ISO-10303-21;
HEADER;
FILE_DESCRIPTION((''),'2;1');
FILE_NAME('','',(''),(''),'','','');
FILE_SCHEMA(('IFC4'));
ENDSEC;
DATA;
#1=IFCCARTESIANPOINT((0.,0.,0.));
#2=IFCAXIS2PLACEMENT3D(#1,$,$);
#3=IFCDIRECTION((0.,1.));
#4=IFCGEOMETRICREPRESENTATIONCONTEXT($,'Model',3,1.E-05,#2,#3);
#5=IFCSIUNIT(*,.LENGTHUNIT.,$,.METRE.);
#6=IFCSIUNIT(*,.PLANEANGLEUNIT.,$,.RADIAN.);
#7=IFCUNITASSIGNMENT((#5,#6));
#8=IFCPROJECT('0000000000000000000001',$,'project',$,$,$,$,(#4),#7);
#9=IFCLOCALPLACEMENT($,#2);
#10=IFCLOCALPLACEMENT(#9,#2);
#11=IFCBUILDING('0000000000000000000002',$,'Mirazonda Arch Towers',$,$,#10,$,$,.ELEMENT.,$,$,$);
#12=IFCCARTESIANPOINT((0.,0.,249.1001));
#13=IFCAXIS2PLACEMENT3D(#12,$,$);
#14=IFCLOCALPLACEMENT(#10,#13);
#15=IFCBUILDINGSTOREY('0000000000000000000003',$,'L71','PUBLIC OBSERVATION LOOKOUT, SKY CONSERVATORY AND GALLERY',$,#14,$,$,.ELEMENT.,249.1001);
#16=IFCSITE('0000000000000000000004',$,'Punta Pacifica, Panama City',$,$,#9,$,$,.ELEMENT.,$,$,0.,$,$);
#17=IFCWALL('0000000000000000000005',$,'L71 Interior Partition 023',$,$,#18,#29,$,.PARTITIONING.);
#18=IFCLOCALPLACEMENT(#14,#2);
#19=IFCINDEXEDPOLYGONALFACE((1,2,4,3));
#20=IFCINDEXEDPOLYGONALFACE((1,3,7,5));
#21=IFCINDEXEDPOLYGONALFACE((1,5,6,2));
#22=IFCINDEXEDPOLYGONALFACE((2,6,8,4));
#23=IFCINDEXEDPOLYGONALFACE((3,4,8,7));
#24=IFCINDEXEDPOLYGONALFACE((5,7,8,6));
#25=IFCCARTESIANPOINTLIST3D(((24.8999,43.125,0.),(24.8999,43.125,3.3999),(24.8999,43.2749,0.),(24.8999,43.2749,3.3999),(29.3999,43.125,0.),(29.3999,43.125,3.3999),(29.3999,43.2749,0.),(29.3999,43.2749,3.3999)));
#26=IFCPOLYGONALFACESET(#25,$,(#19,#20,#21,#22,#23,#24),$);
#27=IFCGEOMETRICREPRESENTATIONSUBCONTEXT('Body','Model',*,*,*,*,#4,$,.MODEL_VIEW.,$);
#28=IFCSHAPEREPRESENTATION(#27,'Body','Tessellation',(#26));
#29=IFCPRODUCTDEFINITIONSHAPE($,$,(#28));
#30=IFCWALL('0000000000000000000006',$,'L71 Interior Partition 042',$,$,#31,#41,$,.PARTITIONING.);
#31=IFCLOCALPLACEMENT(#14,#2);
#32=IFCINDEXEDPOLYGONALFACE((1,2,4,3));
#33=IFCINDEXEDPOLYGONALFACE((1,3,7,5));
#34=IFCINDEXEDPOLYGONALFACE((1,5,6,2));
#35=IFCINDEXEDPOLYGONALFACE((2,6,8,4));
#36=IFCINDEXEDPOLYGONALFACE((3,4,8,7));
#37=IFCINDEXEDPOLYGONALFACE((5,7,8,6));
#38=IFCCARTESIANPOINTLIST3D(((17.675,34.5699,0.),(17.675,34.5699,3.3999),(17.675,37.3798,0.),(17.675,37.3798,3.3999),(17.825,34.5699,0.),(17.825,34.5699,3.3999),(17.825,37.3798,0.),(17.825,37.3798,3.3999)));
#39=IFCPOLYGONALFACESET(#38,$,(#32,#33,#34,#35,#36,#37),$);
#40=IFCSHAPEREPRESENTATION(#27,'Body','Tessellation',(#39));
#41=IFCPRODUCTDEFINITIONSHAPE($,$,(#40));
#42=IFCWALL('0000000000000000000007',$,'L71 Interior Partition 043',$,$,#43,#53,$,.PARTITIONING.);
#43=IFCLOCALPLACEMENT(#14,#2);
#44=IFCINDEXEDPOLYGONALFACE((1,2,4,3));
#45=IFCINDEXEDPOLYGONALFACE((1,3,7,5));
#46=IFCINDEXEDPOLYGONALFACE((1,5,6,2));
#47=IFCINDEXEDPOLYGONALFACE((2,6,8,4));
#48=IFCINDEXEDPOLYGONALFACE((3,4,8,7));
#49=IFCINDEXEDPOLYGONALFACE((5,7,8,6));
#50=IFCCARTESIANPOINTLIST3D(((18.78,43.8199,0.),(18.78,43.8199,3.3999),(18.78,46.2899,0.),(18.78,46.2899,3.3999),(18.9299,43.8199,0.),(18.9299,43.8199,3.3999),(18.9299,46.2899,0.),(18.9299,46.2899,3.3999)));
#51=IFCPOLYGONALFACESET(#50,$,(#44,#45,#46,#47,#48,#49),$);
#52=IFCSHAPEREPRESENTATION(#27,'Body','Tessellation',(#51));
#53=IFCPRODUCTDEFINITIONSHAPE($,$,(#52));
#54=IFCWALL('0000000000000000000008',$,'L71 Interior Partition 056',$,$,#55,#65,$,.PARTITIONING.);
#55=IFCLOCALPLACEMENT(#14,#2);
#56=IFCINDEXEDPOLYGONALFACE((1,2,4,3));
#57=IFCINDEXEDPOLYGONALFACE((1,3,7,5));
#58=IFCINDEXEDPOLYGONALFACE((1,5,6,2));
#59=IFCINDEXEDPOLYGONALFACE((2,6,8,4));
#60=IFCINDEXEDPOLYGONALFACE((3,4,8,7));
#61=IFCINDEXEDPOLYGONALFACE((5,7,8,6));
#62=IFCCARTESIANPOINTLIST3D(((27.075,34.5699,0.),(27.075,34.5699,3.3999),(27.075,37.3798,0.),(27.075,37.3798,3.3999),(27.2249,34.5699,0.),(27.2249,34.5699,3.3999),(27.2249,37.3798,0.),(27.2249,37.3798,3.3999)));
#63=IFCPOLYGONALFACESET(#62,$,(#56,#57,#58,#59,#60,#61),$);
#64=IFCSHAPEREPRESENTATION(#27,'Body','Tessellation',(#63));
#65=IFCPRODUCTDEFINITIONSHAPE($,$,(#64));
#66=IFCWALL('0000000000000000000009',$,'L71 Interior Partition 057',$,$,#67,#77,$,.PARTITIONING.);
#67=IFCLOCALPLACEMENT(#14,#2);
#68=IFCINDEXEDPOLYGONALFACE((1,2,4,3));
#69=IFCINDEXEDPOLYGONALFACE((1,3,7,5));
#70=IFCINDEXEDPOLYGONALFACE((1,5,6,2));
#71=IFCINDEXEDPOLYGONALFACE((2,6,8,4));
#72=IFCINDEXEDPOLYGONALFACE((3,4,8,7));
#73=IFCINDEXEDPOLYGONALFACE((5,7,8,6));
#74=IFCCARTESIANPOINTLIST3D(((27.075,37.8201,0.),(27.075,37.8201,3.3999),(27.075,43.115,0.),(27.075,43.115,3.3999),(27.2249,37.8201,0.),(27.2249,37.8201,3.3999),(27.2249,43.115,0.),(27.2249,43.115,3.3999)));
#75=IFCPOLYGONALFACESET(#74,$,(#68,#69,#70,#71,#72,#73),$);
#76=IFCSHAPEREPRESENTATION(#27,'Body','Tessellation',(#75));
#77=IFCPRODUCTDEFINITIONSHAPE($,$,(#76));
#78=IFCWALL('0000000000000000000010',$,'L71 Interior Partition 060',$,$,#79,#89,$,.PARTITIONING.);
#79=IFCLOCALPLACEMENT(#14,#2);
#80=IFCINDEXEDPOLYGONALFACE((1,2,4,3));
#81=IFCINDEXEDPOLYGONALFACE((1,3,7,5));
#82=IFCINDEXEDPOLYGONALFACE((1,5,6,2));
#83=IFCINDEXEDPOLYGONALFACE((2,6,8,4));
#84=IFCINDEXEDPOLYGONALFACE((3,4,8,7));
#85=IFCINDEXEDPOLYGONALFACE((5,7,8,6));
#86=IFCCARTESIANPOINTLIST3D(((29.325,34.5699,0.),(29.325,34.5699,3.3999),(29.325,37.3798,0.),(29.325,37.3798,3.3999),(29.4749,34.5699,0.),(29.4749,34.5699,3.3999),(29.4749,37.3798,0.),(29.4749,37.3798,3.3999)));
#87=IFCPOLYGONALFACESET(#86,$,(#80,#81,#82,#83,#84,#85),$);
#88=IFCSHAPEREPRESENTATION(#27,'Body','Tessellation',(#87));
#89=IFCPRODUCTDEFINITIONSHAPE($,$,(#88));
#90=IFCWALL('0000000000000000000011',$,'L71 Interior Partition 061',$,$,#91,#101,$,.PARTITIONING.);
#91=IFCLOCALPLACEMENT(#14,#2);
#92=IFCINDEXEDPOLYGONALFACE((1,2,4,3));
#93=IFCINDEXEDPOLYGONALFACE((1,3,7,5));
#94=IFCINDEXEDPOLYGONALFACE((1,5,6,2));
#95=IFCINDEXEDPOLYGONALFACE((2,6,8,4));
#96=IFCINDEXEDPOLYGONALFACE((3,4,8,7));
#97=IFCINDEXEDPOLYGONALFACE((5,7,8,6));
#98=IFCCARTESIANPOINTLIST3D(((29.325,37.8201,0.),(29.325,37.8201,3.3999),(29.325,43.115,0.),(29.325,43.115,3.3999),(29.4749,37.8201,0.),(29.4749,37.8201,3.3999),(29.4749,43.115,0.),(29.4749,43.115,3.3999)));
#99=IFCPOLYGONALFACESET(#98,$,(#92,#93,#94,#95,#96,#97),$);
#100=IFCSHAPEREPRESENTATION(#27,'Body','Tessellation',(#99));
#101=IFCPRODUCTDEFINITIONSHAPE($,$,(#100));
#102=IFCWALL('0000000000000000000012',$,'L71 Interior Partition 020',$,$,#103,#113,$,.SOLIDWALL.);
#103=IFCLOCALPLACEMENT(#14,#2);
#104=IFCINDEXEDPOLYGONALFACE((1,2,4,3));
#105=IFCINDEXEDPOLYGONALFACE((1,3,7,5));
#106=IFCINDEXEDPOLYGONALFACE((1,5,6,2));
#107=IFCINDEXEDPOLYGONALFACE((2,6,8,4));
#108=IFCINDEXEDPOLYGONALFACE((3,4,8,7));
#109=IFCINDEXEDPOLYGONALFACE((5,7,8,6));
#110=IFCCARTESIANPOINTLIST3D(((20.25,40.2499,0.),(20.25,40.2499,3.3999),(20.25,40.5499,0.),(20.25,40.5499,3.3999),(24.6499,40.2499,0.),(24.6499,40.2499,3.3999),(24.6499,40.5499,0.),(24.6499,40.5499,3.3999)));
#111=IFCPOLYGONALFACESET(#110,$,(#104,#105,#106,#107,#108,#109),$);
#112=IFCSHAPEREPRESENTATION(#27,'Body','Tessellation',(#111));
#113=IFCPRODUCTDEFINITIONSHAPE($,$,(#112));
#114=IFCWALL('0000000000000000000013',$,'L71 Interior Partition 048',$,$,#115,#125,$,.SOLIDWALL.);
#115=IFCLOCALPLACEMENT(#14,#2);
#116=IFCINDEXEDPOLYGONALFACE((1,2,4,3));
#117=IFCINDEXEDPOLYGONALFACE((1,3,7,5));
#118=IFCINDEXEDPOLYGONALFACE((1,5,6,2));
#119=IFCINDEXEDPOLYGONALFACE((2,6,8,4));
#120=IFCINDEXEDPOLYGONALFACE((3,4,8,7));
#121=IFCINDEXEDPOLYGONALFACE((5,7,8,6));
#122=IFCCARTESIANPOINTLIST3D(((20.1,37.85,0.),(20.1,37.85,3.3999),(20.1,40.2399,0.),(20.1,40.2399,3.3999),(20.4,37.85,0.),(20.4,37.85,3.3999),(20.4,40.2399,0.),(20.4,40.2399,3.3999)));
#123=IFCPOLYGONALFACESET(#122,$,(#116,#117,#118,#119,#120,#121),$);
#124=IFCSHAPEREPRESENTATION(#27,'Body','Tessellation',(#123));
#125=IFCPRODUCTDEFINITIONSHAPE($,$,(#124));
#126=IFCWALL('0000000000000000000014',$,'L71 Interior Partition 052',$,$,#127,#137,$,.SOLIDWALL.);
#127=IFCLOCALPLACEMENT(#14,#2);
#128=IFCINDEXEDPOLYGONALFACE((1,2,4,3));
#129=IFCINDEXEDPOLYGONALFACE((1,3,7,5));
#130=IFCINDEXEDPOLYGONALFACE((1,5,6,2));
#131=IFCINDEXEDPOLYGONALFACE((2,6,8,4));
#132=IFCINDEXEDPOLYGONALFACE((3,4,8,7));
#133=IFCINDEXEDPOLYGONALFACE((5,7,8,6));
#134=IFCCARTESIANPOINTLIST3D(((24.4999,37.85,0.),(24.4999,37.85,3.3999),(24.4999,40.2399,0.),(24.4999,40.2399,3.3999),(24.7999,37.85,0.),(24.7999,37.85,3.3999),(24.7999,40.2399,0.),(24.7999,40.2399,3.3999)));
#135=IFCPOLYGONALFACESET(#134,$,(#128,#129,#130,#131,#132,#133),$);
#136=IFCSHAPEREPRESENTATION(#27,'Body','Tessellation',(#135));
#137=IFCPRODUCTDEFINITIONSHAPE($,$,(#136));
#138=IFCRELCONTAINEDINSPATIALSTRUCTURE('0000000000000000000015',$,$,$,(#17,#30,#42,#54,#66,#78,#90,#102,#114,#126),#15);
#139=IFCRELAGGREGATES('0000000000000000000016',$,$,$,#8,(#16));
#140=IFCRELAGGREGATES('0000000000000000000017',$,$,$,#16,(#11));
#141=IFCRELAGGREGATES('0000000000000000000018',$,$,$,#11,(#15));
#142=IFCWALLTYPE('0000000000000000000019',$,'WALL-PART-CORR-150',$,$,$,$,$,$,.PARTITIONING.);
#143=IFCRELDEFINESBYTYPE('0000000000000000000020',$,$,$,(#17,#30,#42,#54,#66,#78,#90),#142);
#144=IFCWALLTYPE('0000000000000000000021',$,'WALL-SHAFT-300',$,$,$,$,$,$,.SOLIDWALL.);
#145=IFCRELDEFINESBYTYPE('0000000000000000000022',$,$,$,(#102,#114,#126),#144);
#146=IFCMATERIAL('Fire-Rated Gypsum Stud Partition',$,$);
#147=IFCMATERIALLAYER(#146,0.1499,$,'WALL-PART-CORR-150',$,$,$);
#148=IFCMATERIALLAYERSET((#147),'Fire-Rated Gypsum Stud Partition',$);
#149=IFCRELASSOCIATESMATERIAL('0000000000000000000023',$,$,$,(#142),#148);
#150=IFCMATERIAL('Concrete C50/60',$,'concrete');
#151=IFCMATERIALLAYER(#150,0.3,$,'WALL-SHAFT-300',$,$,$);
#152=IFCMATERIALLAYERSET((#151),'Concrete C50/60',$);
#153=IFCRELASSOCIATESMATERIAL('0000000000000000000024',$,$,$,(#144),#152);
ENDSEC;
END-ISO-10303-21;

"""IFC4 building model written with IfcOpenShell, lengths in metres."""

from ifc_helpers import new_model, si_unit, direction, frame, frame_2d, origin, place, context, subcontext, project, spatial, rectangle, extrude, material, layer, layer_set, type_object, element, save


model = new_model("IFC4")

# Units and contexts
model_context = context("Model", 3, precision=1e-05, world=origin(), true_north=direction((0.0, 1.0)))
body_context = subcontext(model_context, "Body", "Model", "MODEL_VIEW")
ifc_project = project(units=[si_unit("LENGTHUNIT", "METRE"), si_unit("PLANEANGLEUNIT", "RADIAN")], contexts=[model_context])

# Site, building, storey
site_placement = place(None, origin())
site = spatial("IfcSite", under=ifc_project, at=site_placement, Name="Punta Pacifica, Panama City", CompositionType="ELEMENT", RefElevation=0.0)
building_placement = place(site_placement, origin())
building = spatial("IfcBuilding", under=site, at=building_placement, Name="Mirazonda Arch Towers", CompositionType="ELEMENT")
storey_placement = place(building_placement, frame((0.0, 0.0, 249.1001)))
storey = spatial("IfcBuildingStorey", under=building, at=storey_placement, Name="L71", Description="PUBLIC OBSERVATION LOOKOUT, SKY CONSERVATORY AND GALLERY", CompositionType="ELEMENT", Elevation=249.1001)

# Shared definitions
ifc_material_1 = material(Name="Concrete C50/60", Category="concrete")

# Walls
ifc_material_2 = material(Name="Fire-Rated Gypsum Stud Partition")
ifc_layer_1 = layer(ifc_material_2, 0.1499, Name="WALL-PART-CORR-150")
ifc_layer_set_1 = layer_set([ifc_layer_1], Name="Fire-Rated Gypsum Stud Partition")
wall_type_1 = type_object("IfcWallType", Name="WALL-PART-CORR-150", PredefinedType="PARTITIONING", material=ifc_layer_set_1)
wall_1_placement = place(storey_placement, frame((24.8999, 43.2, 0.0), z_axis=(0.0, 0.0, 1.0), x_axis=(1.0, 0.0, 0.0)))
element("IfcWall", 1, at=wall_1_placement, inside=storey, type_object=wall_type_1, Name="L71 Interior Partition 023", PredefinedType="PARTITIONING", context=body_context, shape_type="SweptSolid", body=[
    extrude(rectangle(XDim=4.5, YDim=0.1499, at=frame_2d((2.25, 0.0))), origin(), (0.0, 0.0, 1.0), 3.3999),
])
wall_2_placement = place(storey_placement, frame((17.75, 34.5701, 0.0), z_axis=(0.0, 0.0, 1.0), x_axis=(0.0, 1.0, 0.0)))
element("IfcWall", 2, at=wall_2_placement, inside=storey, type_object=wall_type_1, Name="L71 Interior Partition 042", PredefinedType="PARTITIONING", context=body_context, shape_type="SweptSolid", body=[
    extrude(rectangle(XDim=2.8098, YDim=0.1499, at=frame_2d((1.4048, 0.0))), origin(), (0.0, 0.0, 1.0), 3.3999),
])
wall_3_placement = place(storey_placement, frame((18.855, 43.8201, 0.0), z_axis=(0.0, 0.0, 1.0), x_axis=(0.0, 1.0, 0.0)))
element("IfcWall", 3, at=wall_3_placement, inside=storey, type_object=wall_type_1, Name="L71 Interior Partition 043", PredefinedType="PARTITIONING", context=body_context, shape_type="SweptSolid", body=[
    extrude(rectangle(XDim=2.47, YDim=0.1499, at=frame_2d((1.2349, 0.0))), origin(), (0.0, 0.0, 1.0), 3.3999),
])
wall_4_placement = place(storey_placement, frame((27.1499, 34.5701, 0.0), z_axis=(0.0, 0.0, 1.0), x_axis=(0.0, 1.0, 0.0)))
element("IfcWall", 4, at=wall_4_placement, inside=storey, type_object=wall_type_1, Name="L71 Interior Partition 056", PredefinedType="PARTITIONING", context=body_context, shape_type="SweptSolid", body=[
    extrude(rectangle(XDim=2.8098, YDim=0.1499, at=frame_2d((1.4048, 0.0))), origin(), (0.0, 0.0, 1.0), 3.3999),
])
wall_5_placement = place(storey_placement, frame((27.1499, 37.8201, 0.0), z_axis=(0.0, 0.0, 1.0), x_axis=(0.0, 1.0, 0.0)))
element("IfcWall", 5, at=wall_5_placement, inside=storey, type_object=wall_type_1, Name="L71 Interior Partition 057", PredefinedType="PARTITIONING", context=body_context, shape_type="SweptSolid", body=[
    extrude(rectangle(XDim=5.2949, YDim=0.1499, at=frame_2d((2.6475, 0.0))), origin(), (0.0, 0.0, 1.0), 3.3999),
])
wall_6_placement = place(storey_placement, frame((29.3999, 34.5701, 0.0), z_axis=(0.0, 0.0, 1.0), x_axis=(0.0, 1.0, 0.0)))
element("IfcWall", 6, at=wall_6_placement, inside=storey, type_object=wall_type_1, Name="L71 Interior Partition 060", PredefinedType="PARTITIONING", context=body_context, shape_type="SweptSolid", body=[
    extrude(rectangle(XDim=2.8098, YDim=0.1499, at=frame_2d((1.4048, 0.0))), origin(), (0.0, 0.0, 1.0), 3.3999),
])
wall_7_placement = place(storey_placement, frame((29.3999, 37.8201, 0.0), z_axis=(0.0, 0.0, 1.0), x_axis=(0.0, 1.0, 0.0)))
element("IfcWall", 7, at=wall_7_placement, inside=storey, type_object=wall_type_1, Name="L71 Interior Partition 061", PredefinedType="PARTITIONING", context=body_context, shape_type="SweptSolid", body=[
    extrude(rectangle(XDim=5.2949, YDim=0.1499, at=frame_2d((2.6475, 0.0))), origin(), (0.0, 0.0, 1.0), 3.3999),
])
ifc_layer_2 = layer(ifc_material_1, 0.3, Name="WALL-SHAFT-300")
ifc_layer_set_2 = layer_set([ifc_layer_2], Name="Concrete C50/60")
wall_type_2 = type_object("IfcWallType", Name="WALL-SHAFT-300", PredefinedType="SOLIDWALL", material=ifc_layer_set_2)
wall_8_placement = place(storey_placement, frame((20.25, 40.3999, 0.0), z_axis=(0.0, 0.0, 1.0), x_axis=(1.0, 0.0, 0.0)))
element("IfcWall", 8, at=wall_8_placement, inside=storey, type_object=wall_type_2, Name="L71 Interior Partition 020", PredefinedType="SOLIDWALL", context=body_context, shape_type="SweptSolid", body=[
    extrude(rectangle(XDim=4.3999, YDim=0.3, at=frame_2d((2.2, 0.0))), origin(), (0.0, 0.0, 1.0), 3.3999),
])
for number, where, z_axis, x_axis, name in (
    (9, (20.25, 37.8501, 0.0), (0.0, 0.0, 1.0), (0.0, 1.0, 0.0), "L71 Interior Partition 048"),
    (10, (24.6499, 37.8501, 0.0), (0.0, 0.0, 1.0), (0.0, 1.0, 0.0), "L71 Interior Partition 052"),
):
    element("IfcWall", number, at=place(storey_placement, frame(where, z_axis=z_axis, x_axis=x_axis)), inside=storey, type_object=wall_type_2, Name=name, PredefinedType="SOLIDWALL", context=body_context, shape_type="SweptSolid", body=[
        extrude(rectangle(XDim=2.3899, YDim=0.3, at=frame_2d((1.1948, 0.0))), origin(), (0.0, 0.0, 1.0), 3.3999),
    ])

save(model, "model.ifc")
